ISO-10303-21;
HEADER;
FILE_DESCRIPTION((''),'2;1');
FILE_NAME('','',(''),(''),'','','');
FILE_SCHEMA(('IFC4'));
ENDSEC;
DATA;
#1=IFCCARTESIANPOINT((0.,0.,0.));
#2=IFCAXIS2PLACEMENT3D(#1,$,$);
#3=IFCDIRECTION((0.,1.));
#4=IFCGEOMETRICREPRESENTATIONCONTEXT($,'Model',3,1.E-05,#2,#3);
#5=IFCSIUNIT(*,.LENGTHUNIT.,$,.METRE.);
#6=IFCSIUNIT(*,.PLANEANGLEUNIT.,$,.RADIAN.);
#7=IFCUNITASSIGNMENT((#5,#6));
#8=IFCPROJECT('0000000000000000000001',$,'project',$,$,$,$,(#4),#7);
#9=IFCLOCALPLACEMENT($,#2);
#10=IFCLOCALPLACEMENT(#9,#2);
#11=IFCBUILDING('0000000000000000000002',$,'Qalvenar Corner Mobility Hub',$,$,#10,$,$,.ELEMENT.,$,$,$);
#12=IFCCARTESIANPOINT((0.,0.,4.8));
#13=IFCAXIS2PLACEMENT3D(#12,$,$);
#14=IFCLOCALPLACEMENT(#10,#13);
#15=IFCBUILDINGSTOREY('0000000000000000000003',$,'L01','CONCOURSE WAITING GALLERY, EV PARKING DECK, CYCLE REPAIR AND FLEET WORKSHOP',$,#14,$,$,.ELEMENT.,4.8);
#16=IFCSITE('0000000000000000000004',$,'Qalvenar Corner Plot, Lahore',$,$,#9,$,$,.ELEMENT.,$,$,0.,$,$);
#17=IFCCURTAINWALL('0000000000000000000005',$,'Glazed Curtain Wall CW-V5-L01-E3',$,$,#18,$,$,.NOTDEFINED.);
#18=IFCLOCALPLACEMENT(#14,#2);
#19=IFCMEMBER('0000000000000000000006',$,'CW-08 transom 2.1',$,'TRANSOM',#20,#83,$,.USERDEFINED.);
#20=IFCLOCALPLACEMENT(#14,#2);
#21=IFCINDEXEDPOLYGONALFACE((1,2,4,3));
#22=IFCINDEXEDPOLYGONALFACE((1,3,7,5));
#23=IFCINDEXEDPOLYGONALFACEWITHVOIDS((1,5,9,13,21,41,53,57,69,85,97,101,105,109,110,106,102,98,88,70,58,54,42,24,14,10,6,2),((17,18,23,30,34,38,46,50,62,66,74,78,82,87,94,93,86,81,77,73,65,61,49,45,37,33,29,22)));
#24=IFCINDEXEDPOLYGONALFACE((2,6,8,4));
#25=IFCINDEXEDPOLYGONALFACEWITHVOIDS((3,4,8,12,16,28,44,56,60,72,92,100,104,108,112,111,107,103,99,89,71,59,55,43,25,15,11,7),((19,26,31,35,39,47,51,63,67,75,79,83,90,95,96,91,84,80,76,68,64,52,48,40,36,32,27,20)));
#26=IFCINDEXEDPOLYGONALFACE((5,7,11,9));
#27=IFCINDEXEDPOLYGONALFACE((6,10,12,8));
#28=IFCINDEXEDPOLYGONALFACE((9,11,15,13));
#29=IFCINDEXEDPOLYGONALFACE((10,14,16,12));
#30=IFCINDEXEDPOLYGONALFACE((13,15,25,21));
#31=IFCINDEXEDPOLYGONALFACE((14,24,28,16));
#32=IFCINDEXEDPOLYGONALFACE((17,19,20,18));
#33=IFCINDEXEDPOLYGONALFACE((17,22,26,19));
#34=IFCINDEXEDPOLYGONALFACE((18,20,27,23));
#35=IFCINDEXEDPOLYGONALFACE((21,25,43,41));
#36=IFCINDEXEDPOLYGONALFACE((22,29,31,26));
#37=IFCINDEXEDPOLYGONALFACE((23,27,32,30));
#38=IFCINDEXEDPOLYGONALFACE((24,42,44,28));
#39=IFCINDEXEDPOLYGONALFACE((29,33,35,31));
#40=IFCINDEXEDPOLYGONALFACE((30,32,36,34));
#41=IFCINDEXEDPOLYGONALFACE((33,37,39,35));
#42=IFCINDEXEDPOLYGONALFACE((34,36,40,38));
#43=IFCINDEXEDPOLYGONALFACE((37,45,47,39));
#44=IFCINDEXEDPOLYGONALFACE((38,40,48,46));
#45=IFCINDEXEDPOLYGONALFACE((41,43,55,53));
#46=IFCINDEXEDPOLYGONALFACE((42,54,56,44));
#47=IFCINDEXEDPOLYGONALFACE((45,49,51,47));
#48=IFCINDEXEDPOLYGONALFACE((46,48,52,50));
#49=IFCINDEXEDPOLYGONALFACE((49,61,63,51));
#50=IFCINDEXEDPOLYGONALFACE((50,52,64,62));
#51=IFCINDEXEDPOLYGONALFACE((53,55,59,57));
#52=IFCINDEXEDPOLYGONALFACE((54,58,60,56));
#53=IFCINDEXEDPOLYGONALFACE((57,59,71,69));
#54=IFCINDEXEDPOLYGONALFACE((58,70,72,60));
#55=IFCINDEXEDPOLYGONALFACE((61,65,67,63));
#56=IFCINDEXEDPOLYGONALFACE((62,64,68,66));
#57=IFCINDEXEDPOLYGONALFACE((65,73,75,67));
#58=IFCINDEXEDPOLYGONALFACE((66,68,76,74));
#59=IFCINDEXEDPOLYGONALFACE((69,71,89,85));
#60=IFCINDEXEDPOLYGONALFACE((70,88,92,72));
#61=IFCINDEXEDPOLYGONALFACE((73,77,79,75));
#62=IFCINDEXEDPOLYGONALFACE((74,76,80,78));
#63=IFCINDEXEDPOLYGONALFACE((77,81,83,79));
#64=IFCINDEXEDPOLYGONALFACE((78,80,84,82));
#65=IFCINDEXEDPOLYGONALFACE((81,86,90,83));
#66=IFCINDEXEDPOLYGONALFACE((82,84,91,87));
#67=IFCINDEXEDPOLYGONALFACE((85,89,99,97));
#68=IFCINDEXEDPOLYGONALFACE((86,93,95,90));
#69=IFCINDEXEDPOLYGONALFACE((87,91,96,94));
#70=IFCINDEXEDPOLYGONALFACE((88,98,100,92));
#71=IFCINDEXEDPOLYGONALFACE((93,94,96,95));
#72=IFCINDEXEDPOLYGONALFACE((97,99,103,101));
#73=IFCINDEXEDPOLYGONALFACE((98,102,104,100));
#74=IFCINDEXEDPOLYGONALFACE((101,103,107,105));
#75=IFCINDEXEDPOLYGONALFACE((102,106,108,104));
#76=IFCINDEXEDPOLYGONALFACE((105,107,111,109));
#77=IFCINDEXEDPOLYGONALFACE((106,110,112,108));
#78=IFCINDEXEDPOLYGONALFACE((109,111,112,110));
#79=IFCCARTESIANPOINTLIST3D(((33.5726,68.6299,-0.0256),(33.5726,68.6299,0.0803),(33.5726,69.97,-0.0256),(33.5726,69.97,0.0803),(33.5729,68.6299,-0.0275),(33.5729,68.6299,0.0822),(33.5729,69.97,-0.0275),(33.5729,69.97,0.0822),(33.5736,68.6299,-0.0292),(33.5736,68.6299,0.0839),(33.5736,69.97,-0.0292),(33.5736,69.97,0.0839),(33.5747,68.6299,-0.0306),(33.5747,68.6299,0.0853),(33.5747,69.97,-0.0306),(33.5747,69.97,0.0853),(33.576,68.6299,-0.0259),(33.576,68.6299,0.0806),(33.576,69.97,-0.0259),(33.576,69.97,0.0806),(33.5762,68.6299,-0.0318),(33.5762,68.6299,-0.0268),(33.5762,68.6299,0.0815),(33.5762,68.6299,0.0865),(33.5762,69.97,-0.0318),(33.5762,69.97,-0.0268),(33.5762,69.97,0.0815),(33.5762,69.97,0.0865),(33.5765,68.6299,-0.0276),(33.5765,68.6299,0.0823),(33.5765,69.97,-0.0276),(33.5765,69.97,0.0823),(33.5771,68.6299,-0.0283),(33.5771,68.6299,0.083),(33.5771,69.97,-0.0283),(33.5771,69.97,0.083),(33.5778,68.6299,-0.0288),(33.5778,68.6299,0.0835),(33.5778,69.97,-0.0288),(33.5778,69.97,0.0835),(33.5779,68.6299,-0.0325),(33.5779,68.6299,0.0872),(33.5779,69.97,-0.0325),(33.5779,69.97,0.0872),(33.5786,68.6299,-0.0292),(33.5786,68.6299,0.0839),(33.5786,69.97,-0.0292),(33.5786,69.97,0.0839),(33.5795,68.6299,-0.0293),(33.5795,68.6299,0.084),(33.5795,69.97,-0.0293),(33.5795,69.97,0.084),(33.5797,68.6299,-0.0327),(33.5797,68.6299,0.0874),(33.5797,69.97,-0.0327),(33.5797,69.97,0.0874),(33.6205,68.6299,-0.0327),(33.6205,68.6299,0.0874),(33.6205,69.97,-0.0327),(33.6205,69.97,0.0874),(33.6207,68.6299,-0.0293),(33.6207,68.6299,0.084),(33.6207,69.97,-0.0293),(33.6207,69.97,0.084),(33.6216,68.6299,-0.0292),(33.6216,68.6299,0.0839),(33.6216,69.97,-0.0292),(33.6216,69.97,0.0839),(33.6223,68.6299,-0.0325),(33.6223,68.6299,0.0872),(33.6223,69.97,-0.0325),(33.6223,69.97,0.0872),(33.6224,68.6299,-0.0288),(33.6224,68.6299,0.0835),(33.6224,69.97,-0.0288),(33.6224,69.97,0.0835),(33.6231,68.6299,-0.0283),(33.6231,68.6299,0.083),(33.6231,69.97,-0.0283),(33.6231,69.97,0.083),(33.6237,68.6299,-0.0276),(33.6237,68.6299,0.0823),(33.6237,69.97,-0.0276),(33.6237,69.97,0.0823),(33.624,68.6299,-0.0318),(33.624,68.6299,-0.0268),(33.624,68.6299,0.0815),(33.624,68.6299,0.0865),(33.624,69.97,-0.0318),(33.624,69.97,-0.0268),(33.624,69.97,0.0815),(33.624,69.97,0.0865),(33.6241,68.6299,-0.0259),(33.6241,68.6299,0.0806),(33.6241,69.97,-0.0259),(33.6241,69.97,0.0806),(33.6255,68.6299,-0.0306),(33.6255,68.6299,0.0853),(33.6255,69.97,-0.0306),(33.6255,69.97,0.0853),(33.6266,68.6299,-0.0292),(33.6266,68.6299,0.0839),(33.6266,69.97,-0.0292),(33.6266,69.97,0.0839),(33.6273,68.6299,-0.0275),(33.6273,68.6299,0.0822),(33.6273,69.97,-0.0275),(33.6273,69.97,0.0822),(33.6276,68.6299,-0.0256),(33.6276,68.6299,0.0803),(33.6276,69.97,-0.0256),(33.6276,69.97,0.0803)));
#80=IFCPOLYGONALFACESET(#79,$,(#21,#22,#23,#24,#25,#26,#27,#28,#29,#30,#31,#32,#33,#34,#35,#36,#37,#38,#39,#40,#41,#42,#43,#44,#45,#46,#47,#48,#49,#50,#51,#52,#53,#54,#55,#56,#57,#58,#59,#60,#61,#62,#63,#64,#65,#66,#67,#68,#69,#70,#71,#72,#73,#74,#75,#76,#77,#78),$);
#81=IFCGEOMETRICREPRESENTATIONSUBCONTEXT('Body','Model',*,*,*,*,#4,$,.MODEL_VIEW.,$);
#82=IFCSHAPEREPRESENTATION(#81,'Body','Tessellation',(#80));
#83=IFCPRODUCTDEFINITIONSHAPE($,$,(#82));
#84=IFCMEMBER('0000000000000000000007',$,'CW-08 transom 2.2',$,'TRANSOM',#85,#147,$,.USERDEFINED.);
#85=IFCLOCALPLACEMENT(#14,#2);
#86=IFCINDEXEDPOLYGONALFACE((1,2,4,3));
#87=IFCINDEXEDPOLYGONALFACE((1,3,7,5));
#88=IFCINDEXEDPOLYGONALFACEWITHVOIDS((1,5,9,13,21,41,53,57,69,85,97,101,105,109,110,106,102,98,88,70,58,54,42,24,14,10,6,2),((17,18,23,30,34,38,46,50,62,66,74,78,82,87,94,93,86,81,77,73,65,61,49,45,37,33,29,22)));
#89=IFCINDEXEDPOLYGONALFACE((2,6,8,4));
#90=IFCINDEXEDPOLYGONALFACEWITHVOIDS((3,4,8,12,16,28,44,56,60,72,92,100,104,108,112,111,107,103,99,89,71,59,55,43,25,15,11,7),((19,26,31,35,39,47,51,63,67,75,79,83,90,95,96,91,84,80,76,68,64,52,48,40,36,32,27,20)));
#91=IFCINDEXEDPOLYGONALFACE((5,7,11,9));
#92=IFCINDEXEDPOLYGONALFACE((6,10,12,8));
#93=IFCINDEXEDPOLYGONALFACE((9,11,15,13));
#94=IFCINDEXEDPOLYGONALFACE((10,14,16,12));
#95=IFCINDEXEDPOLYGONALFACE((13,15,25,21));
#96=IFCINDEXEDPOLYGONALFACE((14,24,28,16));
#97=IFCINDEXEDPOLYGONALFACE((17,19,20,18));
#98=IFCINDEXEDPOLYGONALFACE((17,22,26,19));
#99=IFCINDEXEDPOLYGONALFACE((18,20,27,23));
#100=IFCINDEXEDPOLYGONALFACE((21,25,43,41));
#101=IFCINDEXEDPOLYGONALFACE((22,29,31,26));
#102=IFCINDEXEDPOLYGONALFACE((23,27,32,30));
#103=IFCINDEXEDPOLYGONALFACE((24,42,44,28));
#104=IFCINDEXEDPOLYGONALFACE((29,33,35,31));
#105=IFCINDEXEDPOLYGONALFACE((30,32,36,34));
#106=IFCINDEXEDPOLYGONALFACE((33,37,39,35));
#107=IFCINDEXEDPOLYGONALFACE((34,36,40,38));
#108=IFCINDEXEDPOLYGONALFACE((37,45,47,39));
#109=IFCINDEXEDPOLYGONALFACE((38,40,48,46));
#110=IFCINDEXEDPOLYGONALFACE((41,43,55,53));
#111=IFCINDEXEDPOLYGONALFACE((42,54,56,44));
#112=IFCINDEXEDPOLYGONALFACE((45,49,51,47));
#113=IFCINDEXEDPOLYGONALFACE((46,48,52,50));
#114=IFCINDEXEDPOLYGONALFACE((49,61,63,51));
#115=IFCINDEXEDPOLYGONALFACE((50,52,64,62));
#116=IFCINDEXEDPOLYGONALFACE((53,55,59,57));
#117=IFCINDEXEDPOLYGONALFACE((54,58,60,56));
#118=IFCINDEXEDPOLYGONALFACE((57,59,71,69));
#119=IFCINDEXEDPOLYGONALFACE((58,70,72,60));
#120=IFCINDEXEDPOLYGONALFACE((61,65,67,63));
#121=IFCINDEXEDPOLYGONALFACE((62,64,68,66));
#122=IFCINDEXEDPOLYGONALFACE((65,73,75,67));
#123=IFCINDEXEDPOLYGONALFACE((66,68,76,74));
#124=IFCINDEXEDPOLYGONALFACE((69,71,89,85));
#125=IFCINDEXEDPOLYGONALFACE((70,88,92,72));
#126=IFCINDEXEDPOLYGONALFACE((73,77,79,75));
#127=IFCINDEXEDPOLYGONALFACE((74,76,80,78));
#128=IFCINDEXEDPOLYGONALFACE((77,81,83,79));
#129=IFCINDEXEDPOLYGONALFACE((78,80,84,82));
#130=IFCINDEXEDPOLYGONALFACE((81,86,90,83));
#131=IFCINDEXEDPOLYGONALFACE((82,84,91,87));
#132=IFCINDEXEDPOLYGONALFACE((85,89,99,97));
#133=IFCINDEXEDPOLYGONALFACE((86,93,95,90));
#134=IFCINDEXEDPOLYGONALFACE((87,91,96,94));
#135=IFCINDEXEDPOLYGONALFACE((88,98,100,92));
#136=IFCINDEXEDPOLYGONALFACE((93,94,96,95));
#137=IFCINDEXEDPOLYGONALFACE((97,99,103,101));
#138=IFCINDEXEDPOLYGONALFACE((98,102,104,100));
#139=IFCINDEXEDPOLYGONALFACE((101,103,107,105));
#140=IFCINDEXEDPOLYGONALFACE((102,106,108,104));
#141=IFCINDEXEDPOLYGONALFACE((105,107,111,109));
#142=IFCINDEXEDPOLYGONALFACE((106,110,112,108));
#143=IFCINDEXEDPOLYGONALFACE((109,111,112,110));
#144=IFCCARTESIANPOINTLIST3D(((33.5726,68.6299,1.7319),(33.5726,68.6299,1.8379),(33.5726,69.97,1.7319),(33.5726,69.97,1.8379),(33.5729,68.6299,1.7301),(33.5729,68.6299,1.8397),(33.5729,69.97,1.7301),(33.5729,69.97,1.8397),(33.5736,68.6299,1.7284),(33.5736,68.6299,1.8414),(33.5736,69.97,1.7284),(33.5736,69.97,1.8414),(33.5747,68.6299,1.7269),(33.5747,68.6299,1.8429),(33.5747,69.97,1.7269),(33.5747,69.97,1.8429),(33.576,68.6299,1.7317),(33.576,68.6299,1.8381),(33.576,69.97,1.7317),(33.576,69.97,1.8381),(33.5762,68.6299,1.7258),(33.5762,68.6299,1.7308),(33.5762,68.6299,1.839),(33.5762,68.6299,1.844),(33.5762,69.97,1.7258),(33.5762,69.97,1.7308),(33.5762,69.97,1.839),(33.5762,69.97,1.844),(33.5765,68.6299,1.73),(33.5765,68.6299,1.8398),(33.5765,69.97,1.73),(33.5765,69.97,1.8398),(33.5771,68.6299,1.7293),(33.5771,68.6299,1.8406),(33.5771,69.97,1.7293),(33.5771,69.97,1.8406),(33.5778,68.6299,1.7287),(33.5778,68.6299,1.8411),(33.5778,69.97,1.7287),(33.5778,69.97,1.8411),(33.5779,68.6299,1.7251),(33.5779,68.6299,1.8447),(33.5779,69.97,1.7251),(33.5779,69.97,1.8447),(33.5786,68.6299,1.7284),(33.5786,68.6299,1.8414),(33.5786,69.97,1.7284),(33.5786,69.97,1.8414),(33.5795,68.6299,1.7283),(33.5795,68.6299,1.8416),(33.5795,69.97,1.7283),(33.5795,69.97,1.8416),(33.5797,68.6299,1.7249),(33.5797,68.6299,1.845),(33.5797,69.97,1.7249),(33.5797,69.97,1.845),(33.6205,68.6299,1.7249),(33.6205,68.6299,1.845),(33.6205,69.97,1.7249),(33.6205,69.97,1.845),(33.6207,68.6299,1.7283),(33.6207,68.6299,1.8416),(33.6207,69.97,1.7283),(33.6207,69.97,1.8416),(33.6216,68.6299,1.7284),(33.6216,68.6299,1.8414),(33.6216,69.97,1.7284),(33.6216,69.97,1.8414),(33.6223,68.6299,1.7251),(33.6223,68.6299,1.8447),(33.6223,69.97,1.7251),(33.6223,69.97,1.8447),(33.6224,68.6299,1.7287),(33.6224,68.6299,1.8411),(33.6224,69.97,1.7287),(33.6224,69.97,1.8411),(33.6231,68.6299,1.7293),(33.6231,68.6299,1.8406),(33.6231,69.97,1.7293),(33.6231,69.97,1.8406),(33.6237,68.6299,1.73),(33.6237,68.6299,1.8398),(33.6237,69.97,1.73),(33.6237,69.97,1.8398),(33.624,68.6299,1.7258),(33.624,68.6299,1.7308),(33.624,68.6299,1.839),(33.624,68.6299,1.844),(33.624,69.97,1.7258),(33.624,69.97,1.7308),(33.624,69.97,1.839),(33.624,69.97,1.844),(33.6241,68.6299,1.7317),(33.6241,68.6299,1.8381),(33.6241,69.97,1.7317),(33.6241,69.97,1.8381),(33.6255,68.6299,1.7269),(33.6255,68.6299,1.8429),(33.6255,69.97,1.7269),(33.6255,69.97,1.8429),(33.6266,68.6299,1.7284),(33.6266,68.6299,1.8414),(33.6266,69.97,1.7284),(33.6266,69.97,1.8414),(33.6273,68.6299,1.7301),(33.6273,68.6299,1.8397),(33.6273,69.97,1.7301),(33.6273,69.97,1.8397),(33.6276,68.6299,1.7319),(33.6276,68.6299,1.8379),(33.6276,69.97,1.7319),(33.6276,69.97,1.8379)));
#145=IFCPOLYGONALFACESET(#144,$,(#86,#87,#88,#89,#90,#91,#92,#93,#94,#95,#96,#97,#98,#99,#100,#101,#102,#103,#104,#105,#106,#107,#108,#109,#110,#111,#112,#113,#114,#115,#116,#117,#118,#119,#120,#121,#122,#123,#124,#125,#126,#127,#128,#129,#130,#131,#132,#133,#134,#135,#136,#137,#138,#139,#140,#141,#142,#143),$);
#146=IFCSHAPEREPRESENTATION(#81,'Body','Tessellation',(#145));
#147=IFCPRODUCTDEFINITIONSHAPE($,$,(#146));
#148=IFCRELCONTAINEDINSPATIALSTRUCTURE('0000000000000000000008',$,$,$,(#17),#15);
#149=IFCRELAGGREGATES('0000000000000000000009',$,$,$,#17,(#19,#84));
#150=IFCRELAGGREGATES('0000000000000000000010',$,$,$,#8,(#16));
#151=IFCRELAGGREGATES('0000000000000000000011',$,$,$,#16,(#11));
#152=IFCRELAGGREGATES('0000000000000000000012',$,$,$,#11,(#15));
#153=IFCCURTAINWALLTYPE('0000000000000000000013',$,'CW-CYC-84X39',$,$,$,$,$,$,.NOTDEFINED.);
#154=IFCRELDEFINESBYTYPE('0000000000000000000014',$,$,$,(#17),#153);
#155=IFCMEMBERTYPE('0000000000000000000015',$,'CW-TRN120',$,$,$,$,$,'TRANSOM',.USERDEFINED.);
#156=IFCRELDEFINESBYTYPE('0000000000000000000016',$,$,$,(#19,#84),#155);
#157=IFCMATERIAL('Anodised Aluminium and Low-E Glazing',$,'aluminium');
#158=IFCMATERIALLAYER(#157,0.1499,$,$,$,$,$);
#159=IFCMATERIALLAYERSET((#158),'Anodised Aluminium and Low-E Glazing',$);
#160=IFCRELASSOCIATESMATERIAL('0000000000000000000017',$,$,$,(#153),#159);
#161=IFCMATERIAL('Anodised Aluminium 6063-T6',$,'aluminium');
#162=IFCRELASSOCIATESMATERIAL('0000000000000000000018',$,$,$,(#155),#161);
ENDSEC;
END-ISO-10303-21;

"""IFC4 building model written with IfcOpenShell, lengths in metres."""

from ifc_helpers import new_model, si_unit, direction, frame, origin, origin_2d, place, context, subcontext, project, spatial, hollow_rectangle, extrude, material, layer, layer_set, material_profile, profile_set, type_object, element, aggregate, save


model = new_model("IFC4")

# Units and contexts
model_context = context("Model", 3, precision=1e-05, world=origin(), true_north=direction((0.0, 1.0)))
body_context = subcontext(model_context, "Body", "Model", "MODEL_VIEW")
ifc_project = project(units=[si_unit("LENGTHUNIT", "METRE"), si_unit("PLANEANGLEUNIT", "RADIAN")], contexts=[model_context])

# Site, building, storey
site_placement = place(None, origin())
site = spatial("IfcSite", under=ifc_project, at=site_placement, Name="Qalvenar Corner Plot, Lahore", CompositionType="ELEMENT", RefElevation=0.0)
building_placement = place(site_placement, origin())
building = spatial("IfcBuilding", under=site, at=building_placement, Name="Qalvenar Corner Mobility Hub", CompositionType="ELEMENT")
storey_placement = place(building_placement, frame((0.0, 0.0, 4.8)))
storey = spatial("IfcBuildingStorey", under=building, at=storey_placement, Name="L01", Description="CONCOURSE WAITING GALLERY, EV PARKING DECK, CYCLE REPAIR AND FLEET WORKSHOP", CompositionType="ELEMENT", Elevation=4.8)

# Curtain wall, members
ifc_material_1 = material(Name="Anodised Aluminium and Low-E Glazing", Category="aluminium")
ifc_layer_1 = layer(ifc_material_1, 0.1499)
ifc_layer_set_1 = layer_set([ifc_layer_1], Name="Anodised Aluminium and Low-E Glazing")
curtain_wall_type = type_object("IfcCurtainWallType", Name="CW-CYC-84X39", PredefinedType="NOTDEFINED", material=ifc_layer_set_1)
curtain_wall_placement = place(storey_placement, origin())
curtain_wall = element("IfcCurtainWall", 1, at=curtain_wall_placement, inside=storey, type_object=curtain_wall_type, Name="Glazed Curtain Wall CW-V5-L01-E3", PredefinedType="NOTDEFINED")
ifc_material_2 = material(Name="Anodised Aluminium 6063-T6", Category="aluminium")
ifc_material_profile_1 = material_profile(ifc_material_2, hollow_rectangle(XDim=0.0549, YDim=0.1201, WallThickness=0.0034, InnerFilletRadius=0.0034, OuterFilletRadius=0.0071, at=origin_2d()), Name="RHS120x55x3.5")
ifc_profile_set_1 = profile_set([ifc_material_profile_1], Name="Anodised Aluminium 6063-T6")
member_type_1 = type_object("IfcMemberType", Name="CW-TRN120", ElementType="TRANSOM", PredefinedType="USERDEFINED", material=ifc_profile_set_1)
member_1_placement = place(storey_placement, frame((33.6001, 68.6299, 0.0273), z_axis=(0.0, 1.0, 0.0), x_axis=(-1.0, 0.0, 0.0)))
member_1 = element("IfcMember", 2, at=member_1_placement, type_object=member_type_1, Name="CW-08 transom 2.1", ObjectType="TRANSOM", PredefinedType="USERDEFINED", context=body_context, shape_type="SweptSolid", body=[
    extrude(hollow_rectangle(XDim=0.0549, YDim=0.1201, WallThickness=0.0034, InnerFilletRadius=0.0034, OuterFilletRadius=0.0071, at=origin_2d()), origin(), (0.0, 0.0, 1.0), 1.3401),
])
member_2_placement = place(storey_placement, frame((33.6001, 68.6299, 1.7849), z_axis=(0.0, 1.0, 0.0), x_axis=(-1.0, 0.0, 0.0)))
member_2 = element("IfcMember", 3, at=member_2_placement, type_object=member_type_1, Name="CW-08 transom 2.2", ObjectType="TRANSOM", PredefinedType="USERDEFINED", context=body_context, shape_type="SweptSolid", body=[
    extrude(hollow_rectangle(XDim=0.0549, YDim=0.1201, WallThickness=0.0034, InnerFilletRadius=0.0034, OuterFilletRadius=0.0071, at=origin_2d()), origin(), (0.0, 0.0, 1.0), 1.3401),
])
aggregate(curtain_wall, [member_1, member_2])

save(model, "model.ifc")
